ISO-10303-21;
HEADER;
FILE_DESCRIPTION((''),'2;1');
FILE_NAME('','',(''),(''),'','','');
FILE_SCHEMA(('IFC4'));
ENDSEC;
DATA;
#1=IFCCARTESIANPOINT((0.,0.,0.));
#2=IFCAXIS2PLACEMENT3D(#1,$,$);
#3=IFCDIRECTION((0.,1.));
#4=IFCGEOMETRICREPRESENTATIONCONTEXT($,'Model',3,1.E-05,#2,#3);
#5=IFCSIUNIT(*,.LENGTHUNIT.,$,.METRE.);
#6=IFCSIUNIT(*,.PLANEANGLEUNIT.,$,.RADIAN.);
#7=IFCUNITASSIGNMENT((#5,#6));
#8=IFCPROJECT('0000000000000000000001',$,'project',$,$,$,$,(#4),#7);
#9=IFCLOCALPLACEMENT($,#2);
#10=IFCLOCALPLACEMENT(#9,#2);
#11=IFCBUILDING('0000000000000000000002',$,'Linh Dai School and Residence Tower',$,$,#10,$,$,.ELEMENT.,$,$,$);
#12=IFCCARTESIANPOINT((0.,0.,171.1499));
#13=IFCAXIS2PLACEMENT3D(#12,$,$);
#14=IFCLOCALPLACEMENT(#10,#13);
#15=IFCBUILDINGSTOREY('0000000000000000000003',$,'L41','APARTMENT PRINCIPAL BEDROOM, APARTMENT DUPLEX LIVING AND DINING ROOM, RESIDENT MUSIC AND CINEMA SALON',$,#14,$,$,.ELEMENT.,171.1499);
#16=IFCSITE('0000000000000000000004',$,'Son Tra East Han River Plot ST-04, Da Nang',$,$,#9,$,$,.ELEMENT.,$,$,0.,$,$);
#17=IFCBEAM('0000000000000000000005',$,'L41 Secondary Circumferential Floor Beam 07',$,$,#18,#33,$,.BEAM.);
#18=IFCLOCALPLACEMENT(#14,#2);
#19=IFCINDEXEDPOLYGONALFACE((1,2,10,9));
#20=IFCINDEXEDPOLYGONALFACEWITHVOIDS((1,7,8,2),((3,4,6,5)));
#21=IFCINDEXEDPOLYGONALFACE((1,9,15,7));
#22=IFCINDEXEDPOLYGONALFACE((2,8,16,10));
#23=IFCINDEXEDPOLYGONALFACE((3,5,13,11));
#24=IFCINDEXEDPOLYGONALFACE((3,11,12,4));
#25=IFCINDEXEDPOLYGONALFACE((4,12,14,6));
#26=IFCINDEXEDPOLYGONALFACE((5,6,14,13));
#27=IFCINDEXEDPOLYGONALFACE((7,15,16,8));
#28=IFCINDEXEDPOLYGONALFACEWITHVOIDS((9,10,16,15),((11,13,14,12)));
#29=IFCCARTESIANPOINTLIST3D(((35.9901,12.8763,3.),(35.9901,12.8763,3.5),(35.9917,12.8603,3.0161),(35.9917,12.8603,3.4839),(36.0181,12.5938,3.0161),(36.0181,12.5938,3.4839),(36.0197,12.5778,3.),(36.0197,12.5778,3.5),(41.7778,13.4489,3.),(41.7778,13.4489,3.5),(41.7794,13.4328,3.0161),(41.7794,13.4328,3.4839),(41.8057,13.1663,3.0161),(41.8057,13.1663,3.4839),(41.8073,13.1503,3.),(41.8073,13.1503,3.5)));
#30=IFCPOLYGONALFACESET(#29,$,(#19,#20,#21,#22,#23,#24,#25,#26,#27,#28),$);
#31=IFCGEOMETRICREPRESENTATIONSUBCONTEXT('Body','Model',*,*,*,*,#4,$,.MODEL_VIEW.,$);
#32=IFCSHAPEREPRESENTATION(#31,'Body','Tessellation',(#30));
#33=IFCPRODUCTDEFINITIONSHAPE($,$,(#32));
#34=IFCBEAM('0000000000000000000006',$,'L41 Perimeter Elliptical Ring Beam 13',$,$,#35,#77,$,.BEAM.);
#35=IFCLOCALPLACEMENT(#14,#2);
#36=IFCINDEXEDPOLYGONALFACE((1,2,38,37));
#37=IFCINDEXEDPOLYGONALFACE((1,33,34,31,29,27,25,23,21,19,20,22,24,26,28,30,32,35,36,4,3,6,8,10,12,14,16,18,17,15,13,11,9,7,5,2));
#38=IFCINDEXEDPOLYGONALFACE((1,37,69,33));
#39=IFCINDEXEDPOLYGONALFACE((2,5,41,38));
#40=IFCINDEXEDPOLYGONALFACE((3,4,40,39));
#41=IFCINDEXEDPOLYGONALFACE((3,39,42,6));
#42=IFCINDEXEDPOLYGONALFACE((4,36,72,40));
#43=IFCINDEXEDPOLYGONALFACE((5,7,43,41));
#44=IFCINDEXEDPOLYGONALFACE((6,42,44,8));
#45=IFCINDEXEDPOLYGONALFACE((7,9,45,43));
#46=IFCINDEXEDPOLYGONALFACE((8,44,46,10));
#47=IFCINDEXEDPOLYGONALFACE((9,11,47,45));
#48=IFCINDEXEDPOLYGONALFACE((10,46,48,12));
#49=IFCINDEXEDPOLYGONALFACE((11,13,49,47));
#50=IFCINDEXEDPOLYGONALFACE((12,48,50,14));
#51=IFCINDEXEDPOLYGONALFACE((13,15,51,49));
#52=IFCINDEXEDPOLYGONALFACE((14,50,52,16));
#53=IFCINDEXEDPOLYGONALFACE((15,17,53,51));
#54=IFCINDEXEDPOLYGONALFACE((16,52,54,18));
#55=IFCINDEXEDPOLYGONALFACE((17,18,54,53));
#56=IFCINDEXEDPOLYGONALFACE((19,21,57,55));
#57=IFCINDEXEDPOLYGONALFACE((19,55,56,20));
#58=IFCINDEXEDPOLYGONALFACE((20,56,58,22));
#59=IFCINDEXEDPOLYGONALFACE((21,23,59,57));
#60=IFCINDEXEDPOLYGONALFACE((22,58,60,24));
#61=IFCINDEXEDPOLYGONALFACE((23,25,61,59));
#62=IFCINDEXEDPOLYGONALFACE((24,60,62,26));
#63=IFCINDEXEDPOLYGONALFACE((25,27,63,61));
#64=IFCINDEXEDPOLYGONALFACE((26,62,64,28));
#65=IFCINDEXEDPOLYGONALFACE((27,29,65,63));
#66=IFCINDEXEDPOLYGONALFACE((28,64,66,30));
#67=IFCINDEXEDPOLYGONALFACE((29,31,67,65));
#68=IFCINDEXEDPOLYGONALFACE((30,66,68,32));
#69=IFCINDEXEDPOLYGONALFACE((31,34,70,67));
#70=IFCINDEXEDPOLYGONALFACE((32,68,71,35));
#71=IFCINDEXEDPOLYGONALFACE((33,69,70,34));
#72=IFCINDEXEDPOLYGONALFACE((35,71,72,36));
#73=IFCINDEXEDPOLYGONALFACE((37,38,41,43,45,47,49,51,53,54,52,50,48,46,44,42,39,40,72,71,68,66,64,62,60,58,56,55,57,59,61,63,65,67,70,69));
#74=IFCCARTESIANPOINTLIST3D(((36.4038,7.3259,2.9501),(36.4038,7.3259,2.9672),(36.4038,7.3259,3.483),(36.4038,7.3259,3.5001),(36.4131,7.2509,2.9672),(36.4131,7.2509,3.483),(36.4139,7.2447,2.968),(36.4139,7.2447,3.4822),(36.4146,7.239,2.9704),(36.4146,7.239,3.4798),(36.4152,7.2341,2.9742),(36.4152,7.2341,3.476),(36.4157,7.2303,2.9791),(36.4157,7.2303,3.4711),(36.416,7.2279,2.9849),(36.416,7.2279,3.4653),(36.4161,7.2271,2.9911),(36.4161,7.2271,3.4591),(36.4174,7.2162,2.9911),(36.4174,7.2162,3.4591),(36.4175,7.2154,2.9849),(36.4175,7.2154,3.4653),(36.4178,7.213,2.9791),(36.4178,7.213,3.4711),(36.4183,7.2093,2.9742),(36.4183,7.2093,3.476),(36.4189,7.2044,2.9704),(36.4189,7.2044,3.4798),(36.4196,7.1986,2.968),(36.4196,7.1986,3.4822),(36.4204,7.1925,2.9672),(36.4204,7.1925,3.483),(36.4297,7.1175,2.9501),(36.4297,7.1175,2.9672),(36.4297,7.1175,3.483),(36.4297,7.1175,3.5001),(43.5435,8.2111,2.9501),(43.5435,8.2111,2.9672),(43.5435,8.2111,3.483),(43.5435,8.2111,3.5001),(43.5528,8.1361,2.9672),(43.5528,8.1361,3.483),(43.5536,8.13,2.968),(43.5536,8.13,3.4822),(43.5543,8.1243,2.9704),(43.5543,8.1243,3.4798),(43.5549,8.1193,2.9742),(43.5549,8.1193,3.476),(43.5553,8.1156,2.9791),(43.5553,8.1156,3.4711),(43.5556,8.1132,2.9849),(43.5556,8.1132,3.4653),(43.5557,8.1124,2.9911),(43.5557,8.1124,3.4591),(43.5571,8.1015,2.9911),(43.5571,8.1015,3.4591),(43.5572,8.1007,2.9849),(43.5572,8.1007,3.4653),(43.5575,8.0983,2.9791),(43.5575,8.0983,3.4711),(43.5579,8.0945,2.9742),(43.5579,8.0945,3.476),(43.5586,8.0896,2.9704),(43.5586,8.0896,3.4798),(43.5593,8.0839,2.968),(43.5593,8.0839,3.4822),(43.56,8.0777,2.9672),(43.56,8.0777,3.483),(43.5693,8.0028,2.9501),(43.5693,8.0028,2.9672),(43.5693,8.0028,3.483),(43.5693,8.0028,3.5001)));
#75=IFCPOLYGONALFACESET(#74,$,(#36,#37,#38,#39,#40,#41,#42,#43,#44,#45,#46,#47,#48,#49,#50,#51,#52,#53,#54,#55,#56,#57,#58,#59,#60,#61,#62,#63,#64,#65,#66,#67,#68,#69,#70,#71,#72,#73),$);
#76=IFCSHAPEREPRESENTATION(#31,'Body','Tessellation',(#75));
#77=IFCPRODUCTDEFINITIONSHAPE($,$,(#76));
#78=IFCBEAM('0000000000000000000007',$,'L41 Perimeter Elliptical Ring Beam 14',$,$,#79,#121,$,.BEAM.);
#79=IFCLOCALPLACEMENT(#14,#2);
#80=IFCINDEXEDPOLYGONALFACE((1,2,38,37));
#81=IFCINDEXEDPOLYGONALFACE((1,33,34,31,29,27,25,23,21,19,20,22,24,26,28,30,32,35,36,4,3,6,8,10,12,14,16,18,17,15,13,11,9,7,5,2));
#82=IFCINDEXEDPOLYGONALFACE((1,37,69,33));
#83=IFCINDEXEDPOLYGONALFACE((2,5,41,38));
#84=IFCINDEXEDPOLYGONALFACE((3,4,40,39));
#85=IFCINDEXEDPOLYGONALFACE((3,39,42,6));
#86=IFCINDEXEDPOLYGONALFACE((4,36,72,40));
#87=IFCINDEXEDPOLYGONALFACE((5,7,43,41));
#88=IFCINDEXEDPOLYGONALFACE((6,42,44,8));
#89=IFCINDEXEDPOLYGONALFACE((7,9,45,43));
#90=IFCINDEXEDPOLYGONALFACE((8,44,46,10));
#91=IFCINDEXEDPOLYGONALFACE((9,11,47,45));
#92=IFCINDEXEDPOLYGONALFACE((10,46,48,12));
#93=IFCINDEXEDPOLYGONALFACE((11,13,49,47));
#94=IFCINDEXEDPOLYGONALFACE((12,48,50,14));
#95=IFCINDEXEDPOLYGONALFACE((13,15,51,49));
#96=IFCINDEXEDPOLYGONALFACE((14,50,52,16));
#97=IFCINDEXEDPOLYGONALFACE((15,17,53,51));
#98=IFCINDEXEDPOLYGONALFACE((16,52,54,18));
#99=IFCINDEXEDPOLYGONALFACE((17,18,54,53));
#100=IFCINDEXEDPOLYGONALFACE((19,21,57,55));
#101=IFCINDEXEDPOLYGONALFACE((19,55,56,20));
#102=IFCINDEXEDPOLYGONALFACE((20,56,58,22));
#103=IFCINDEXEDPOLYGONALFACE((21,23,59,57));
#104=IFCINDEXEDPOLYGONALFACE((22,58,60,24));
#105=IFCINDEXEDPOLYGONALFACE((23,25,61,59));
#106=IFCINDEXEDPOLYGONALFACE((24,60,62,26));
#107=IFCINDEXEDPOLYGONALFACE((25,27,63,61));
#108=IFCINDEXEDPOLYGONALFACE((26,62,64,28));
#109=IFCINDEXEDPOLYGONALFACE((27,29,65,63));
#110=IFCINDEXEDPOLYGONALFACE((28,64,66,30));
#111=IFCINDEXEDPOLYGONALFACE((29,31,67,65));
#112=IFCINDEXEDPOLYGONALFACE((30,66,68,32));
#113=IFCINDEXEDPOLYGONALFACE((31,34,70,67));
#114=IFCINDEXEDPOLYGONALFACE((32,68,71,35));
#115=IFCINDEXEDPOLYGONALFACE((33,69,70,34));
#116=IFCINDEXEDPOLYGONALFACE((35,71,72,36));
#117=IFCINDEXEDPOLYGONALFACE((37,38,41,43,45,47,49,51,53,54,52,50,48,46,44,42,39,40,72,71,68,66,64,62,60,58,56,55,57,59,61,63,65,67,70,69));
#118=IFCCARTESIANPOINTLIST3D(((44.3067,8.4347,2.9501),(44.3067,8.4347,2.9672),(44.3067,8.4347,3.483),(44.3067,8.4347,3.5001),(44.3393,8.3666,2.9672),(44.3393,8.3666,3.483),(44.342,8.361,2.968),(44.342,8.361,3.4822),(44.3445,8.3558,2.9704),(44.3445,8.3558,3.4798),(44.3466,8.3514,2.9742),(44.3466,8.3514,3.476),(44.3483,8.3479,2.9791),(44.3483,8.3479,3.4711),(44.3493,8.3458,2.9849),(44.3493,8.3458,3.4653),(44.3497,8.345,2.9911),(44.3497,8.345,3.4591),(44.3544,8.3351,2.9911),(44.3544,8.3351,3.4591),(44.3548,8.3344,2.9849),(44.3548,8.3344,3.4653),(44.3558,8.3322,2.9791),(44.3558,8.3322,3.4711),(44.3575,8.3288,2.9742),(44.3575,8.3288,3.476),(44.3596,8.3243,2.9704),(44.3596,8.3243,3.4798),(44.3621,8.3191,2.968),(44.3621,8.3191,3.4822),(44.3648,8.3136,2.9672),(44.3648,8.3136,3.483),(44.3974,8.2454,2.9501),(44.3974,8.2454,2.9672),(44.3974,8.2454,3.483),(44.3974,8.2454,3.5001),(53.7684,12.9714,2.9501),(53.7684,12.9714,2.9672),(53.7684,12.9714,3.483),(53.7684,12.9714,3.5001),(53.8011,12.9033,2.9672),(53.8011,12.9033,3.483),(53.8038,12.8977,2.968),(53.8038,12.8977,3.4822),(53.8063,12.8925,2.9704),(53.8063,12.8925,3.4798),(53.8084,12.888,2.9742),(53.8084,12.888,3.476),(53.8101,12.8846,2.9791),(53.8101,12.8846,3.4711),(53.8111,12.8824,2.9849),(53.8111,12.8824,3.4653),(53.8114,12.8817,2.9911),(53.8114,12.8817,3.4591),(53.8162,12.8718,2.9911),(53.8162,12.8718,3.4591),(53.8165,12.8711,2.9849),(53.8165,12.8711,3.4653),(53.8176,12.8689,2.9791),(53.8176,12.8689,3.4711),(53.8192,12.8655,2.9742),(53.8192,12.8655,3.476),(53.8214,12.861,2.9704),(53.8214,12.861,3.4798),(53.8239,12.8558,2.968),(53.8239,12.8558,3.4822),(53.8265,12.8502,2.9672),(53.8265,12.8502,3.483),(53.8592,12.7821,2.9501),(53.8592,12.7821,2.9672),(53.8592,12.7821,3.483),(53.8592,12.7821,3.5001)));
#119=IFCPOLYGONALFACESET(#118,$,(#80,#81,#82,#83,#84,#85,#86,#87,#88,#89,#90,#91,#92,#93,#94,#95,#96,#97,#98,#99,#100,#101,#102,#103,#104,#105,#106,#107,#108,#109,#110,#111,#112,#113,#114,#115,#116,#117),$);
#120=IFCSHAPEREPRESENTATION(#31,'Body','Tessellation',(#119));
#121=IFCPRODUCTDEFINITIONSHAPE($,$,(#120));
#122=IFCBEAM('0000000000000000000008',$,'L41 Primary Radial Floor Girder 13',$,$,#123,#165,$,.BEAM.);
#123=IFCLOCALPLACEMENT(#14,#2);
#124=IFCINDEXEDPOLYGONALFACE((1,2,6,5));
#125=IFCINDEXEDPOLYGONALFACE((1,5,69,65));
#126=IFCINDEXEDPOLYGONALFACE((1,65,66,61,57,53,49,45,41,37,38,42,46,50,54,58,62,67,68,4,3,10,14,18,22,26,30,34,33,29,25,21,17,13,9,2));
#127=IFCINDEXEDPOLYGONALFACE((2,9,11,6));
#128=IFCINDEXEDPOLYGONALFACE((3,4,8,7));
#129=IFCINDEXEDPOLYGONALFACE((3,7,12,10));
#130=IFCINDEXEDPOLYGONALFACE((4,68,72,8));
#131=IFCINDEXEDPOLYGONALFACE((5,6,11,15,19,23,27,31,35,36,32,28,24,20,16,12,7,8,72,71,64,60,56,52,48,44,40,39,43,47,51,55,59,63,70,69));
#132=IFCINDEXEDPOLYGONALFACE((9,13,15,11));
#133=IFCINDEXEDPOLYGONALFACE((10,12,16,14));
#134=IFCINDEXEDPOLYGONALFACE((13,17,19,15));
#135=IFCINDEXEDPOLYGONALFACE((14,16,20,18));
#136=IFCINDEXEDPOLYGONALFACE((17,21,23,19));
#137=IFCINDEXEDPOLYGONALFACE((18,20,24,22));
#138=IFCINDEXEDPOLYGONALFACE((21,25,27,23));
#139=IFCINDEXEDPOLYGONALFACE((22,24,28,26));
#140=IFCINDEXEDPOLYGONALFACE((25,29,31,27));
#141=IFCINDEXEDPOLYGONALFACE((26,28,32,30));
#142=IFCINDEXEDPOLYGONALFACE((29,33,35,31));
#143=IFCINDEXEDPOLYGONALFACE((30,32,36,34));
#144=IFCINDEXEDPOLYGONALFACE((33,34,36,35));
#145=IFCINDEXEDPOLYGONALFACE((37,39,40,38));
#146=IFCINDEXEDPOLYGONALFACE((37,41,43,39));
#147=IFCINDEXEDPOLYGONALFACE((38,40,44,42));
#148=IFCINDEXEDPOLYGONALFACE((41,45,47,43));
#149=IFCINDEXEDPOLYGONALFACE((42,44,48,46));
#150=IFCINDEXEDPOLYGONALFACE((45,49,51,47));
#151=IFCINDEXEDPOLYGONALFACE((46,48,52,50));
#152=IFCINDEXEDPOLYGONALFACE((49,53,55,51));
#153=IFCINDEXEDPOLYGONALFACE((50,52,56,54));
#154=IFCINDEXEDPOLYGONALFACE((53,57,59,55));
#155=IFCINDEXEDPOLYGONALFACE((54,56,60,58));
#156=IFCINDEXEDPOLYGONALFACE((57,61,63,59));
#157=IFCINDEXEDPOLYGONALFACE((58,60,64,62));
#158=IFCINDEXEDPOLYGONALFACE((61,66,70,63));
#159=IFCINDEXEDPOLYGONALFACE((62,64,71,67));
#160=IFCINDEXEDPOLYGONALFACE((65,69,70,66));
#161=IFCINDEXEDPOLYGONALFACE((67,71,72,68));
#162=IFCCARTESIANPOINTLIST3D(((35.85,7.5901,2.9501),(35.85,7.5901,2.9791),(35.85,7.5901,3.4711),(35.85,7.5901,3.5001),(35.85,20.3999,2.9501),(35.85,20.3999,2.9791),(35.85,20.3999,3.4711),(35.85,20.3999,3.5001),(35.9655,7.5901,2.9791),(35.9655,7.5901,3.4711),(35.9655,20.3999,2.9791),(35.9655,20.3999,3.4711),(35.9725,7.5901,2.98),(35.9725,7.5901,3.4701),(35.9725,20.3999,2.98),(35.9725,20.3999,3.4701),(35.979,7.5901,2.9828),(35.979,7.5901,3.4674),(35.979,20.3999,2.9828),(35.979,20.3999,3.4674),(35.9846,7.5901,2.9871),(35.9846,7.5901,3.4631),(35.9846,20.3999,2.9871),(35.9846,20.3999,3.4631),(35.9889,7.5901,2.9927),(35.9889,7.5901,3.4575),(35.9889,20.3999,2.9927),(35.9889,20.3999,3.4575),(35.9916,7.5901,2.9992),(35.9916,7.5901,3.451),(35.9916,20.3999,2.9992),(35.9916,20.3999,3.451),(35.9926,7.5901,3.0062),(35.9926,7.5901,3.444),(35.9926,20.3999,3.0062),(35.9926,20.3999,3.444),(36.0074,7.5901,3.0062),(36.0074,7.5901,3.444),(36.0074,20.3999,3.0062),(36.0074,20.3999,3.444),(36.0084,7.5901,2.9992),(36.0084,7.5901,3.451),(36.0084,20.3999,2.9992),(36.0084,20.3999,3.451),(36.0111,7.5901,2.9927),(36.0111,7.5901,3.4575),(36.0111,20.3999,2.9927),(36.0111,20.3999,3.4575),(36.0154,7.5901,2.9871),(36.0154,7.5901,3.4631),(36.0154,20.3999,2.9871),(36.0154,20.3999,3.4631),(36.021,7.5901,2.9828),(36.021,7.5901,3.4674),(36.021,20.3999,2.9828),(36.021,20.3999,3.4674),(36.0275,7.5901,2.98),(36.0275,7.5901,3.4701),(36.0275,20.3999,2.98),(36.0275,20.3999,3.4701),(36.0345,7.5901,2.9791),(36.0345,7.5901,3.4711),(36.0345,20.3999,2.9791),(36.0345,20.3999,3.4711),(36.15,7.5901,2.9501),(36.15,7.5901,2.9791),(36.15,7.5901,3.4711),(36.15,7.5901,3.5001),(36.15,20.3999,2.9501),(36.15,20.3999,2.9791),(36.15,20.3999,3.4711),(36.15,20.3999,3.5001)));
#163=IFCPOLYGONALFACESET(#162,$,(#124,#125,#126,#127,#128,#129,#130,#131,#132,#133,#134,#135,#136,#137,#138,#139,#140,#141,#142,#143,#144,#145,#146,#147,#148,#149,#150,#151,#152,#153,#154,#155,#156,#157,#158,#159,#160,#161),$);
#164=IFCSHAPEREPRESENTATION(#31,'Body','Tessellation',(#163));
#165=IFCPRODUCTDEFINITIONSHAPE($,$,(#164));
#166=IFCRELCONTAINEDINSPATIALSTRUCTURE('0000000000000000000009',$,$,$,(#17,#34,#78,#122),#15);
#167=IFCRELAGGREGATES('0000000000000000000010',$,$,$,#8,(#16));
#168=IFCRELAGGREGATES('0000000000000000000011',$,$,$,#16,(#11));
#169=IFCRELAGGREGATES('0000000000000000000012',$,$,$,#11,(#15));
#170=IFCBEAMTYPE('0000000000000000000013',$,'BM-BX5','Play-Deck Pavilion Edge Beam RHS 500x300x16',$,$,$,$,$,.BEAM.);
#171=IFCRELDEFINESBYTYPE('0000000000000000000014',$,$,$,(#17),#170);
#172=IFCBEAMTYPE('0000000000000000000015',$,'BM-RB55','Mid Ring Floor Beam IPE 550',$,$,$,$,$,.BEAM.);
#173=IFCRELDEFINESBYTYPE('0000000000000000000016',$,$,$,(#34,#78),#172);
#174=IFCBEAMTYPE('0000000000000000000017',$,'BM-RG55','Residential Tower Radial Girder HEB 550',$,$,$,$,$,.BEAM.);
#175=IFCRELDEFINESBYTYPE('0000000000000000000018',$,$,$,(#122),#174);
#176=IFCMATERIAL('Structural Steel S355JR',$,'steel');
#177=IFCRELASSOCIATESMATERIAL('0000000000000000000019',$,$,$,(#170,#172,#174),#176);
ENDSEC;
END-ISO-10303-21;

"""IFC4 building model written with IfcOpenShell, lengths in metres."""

from ifc_helpers import new_model, si_unit, direction, frame, origin, origin_2d, place, context, subcontext, project, spatial, hollow_rectangle, i_section, extrude, material, material_profile, profile_set, type_object, element, save


model = new_model("IFC4")

# Units and contexts
model_context = context("Model", 3, precision=1e-05, world=origin(), true_north=direction((0.0, 1.0)))
body_context = subcontext(model_context, "Body", "Model", "MODEL_VIEW")
ifc_project = project(units=[si_unit("LENGTHUNIT", "METRE"), si_unit("PLANEANGLEUNIT", "RADIAN")], contexts=[model_context])

# Site, building, storey
site_placement = place(None, origin())
site = spatial("IfcSite", under=ifc_project, at=site_placement, Name="Son Tra East Han River Plot ST-04, Da Nang", CompositionType="ELEMENT", RefElevation=0.0)
building_placement = place(site_placement, origin())
building = spatial("IfcBuilding", under=site, at=building_placement, Name="Linh Dai School and Residence Tower", CompositionType="ELEMENT")
storey_placement = place(building_placement, frame((0.0, 0.0, 171.1499)))
storey = spatial("IfcBuildingStorey", under=building, at=storey_placement, Name="L41", Description="APARTMENT PRINCIPAL BEDROOM, APARTMENT DUPLEX LIVING AND DINING ROOM, RESIDENT MUSIC AND CINEMA SALON", CompositionType="ELEMENT", Elevation=171.1499)

# Shared definitions
ifc_material_1 = material(Name="Structural Steel S355JR", Category="steel")

# Beams
ifc_material_profile_1 = material_profile(ifc_material_1, hollow_rectangle(XDim=0.3, YDim=0.5, WallThickness=0.0161, at=origin_2d()), Name="RHS 500x300x16")
ifc_profile_set_1 = profile_set([ifc_material_profile_1], Name="Structural Steel S355JR")
beam_type_1 = type_object("IfcBeamType", Name="BM-BX5", Description="Play-Deck Pavilion Edge Beam RHS 500x300x16", PredefinedType="BEAM", material=ifc_profile_set_1)
beam_1_placement = place(storey_placement, frame((36.0049, 12.7271, 3.25), z_axis=(0.995143, 0.09844, 0.0), x_axis=(-0.09844, 0.995143, 0.0)))
element("IfcBeam", 1, at=beam_1_placement, inside=storey, type_object=beam_type_1, Name="L41 Secondary Circumferential Floor Beam 07", PredefinedType="BEAM", context=body_context, shape_type="SweptSolid", body=[
    extrude(hollow_rectangle(XDim=0.3, YDim=0.5, WallThickness=0.0161, at=origin_2d()), origin(), (0.0, 0.0, 1.0), 5.8159),
])
ifc_material_profile_2 = material_profile(ifc_material_1, i_section(OverallWidth=0.21, OverallDepth=0.55, WebThickness=0.011, FlangeThickness=0.0171, FilletRadius=0.0239, at=origin_2d()), Name="IPE 550")
ifc_profile_set_2 = profile_set([ifc_material_profile_2], Name="Structural Steel S355JR")
beam_type_2 = type_object("IfcBeamType", Name="BM-RB55", Description="Mid Ring Floor Beam IPE 550", PredefinedType="BEAM", material=ifc_profile_set_2)
beam_2_placement = place(storey_placement, frame((36.4167, 7.2217, 3.2251), z_axis=(0.992401, 0.123049, 0.0), x_axis=(-0.123049, 0.992401, 0.0)))
element("IfcBeam", 2, at=beam_2_placement, inside=storey, type_object=beam_type_2, Name="L41 Perimeter Elliptical Ring Beam 13", PredefinedType="BEAM", context=body_context, shape_type="SweptSolid", body=[
    extrude(i_section(OverallWidth=0.21, OverallDepth=0.55, WebThickness=0.011, FlangeThickness=0.0171, FilletRadius=0.0239, at=origin_2d()), origin(), (0.0, 0.0, 1.0), 7.1943),
])
beam_3_placement = place(storey_placement, frame((44.3521, 8.3401, 3.2251), z_axis=(0.901708, 0.432345, 0.0), x_axis=(-0.432345, 0.901708, 0.0)))
element("IfcBeam", 3, at=beam_3_placement, inside=storey, type_object=beam_type_2, Name="L41 Perimeter Elliptical Ring Beam 14", PredefinedType="BEAM", context=body_context, shape_type="SweptSolid", body=[
    extrude(i_section(OverallWidth=0.21, OverallDepth=0.55, WebThickness=0.011, FlangeThickness=0.0171, FilletRadius=0.0239, at=origin_2d()), origin(), (0.0, 0.0, 1.0), 10.4932),
])
ifc_material_profile_3 = material_profile(ifc_material_1, i_section(OverallWidth=0.3, OverallDepth=0.55, WebThickness=0.0149, FlangeThickness=0.0291, FilletRadius=0.0271, at=origin_2d()), Name="HEB 550")
ifc_profile_set_3 = profile_set([ifc_material_profile_3], Name="Structural Steel S355JR")
beam_type_3 = type_object("IfcBeamType", Name="BM-RG55", Description="Residential Tower Radial Girder HEB 550", PredefinedType="BEAM", material=ifc_profile_set_3)
beam_4_placement = place(storey_placement, frame((36.0, 20.3999, 3.2251), z_axis=(0.0, -1.0, 0.0), x_axis=(1.0, 0.0, 0.0)))
element("IfcBeam", 4, at=beam_4_placement, inside=storey, type_object=beam_type_3, Name="L41 Primary Radial Floor Girder 13", PredefinedType="BEAM", context=body_context, shape_type="SweptSolid", body=[
    extrude(i_section(OverallWidth=0.3, OverallDepth=0.55, WebThickness=0.0149, FlangeThickness=0.0291, FilletRadius=0.0271, at=origin_2d()), origin(), (0.0, 0.0, 1.0), 12.8098),
])

save(model, "model.ifc")
